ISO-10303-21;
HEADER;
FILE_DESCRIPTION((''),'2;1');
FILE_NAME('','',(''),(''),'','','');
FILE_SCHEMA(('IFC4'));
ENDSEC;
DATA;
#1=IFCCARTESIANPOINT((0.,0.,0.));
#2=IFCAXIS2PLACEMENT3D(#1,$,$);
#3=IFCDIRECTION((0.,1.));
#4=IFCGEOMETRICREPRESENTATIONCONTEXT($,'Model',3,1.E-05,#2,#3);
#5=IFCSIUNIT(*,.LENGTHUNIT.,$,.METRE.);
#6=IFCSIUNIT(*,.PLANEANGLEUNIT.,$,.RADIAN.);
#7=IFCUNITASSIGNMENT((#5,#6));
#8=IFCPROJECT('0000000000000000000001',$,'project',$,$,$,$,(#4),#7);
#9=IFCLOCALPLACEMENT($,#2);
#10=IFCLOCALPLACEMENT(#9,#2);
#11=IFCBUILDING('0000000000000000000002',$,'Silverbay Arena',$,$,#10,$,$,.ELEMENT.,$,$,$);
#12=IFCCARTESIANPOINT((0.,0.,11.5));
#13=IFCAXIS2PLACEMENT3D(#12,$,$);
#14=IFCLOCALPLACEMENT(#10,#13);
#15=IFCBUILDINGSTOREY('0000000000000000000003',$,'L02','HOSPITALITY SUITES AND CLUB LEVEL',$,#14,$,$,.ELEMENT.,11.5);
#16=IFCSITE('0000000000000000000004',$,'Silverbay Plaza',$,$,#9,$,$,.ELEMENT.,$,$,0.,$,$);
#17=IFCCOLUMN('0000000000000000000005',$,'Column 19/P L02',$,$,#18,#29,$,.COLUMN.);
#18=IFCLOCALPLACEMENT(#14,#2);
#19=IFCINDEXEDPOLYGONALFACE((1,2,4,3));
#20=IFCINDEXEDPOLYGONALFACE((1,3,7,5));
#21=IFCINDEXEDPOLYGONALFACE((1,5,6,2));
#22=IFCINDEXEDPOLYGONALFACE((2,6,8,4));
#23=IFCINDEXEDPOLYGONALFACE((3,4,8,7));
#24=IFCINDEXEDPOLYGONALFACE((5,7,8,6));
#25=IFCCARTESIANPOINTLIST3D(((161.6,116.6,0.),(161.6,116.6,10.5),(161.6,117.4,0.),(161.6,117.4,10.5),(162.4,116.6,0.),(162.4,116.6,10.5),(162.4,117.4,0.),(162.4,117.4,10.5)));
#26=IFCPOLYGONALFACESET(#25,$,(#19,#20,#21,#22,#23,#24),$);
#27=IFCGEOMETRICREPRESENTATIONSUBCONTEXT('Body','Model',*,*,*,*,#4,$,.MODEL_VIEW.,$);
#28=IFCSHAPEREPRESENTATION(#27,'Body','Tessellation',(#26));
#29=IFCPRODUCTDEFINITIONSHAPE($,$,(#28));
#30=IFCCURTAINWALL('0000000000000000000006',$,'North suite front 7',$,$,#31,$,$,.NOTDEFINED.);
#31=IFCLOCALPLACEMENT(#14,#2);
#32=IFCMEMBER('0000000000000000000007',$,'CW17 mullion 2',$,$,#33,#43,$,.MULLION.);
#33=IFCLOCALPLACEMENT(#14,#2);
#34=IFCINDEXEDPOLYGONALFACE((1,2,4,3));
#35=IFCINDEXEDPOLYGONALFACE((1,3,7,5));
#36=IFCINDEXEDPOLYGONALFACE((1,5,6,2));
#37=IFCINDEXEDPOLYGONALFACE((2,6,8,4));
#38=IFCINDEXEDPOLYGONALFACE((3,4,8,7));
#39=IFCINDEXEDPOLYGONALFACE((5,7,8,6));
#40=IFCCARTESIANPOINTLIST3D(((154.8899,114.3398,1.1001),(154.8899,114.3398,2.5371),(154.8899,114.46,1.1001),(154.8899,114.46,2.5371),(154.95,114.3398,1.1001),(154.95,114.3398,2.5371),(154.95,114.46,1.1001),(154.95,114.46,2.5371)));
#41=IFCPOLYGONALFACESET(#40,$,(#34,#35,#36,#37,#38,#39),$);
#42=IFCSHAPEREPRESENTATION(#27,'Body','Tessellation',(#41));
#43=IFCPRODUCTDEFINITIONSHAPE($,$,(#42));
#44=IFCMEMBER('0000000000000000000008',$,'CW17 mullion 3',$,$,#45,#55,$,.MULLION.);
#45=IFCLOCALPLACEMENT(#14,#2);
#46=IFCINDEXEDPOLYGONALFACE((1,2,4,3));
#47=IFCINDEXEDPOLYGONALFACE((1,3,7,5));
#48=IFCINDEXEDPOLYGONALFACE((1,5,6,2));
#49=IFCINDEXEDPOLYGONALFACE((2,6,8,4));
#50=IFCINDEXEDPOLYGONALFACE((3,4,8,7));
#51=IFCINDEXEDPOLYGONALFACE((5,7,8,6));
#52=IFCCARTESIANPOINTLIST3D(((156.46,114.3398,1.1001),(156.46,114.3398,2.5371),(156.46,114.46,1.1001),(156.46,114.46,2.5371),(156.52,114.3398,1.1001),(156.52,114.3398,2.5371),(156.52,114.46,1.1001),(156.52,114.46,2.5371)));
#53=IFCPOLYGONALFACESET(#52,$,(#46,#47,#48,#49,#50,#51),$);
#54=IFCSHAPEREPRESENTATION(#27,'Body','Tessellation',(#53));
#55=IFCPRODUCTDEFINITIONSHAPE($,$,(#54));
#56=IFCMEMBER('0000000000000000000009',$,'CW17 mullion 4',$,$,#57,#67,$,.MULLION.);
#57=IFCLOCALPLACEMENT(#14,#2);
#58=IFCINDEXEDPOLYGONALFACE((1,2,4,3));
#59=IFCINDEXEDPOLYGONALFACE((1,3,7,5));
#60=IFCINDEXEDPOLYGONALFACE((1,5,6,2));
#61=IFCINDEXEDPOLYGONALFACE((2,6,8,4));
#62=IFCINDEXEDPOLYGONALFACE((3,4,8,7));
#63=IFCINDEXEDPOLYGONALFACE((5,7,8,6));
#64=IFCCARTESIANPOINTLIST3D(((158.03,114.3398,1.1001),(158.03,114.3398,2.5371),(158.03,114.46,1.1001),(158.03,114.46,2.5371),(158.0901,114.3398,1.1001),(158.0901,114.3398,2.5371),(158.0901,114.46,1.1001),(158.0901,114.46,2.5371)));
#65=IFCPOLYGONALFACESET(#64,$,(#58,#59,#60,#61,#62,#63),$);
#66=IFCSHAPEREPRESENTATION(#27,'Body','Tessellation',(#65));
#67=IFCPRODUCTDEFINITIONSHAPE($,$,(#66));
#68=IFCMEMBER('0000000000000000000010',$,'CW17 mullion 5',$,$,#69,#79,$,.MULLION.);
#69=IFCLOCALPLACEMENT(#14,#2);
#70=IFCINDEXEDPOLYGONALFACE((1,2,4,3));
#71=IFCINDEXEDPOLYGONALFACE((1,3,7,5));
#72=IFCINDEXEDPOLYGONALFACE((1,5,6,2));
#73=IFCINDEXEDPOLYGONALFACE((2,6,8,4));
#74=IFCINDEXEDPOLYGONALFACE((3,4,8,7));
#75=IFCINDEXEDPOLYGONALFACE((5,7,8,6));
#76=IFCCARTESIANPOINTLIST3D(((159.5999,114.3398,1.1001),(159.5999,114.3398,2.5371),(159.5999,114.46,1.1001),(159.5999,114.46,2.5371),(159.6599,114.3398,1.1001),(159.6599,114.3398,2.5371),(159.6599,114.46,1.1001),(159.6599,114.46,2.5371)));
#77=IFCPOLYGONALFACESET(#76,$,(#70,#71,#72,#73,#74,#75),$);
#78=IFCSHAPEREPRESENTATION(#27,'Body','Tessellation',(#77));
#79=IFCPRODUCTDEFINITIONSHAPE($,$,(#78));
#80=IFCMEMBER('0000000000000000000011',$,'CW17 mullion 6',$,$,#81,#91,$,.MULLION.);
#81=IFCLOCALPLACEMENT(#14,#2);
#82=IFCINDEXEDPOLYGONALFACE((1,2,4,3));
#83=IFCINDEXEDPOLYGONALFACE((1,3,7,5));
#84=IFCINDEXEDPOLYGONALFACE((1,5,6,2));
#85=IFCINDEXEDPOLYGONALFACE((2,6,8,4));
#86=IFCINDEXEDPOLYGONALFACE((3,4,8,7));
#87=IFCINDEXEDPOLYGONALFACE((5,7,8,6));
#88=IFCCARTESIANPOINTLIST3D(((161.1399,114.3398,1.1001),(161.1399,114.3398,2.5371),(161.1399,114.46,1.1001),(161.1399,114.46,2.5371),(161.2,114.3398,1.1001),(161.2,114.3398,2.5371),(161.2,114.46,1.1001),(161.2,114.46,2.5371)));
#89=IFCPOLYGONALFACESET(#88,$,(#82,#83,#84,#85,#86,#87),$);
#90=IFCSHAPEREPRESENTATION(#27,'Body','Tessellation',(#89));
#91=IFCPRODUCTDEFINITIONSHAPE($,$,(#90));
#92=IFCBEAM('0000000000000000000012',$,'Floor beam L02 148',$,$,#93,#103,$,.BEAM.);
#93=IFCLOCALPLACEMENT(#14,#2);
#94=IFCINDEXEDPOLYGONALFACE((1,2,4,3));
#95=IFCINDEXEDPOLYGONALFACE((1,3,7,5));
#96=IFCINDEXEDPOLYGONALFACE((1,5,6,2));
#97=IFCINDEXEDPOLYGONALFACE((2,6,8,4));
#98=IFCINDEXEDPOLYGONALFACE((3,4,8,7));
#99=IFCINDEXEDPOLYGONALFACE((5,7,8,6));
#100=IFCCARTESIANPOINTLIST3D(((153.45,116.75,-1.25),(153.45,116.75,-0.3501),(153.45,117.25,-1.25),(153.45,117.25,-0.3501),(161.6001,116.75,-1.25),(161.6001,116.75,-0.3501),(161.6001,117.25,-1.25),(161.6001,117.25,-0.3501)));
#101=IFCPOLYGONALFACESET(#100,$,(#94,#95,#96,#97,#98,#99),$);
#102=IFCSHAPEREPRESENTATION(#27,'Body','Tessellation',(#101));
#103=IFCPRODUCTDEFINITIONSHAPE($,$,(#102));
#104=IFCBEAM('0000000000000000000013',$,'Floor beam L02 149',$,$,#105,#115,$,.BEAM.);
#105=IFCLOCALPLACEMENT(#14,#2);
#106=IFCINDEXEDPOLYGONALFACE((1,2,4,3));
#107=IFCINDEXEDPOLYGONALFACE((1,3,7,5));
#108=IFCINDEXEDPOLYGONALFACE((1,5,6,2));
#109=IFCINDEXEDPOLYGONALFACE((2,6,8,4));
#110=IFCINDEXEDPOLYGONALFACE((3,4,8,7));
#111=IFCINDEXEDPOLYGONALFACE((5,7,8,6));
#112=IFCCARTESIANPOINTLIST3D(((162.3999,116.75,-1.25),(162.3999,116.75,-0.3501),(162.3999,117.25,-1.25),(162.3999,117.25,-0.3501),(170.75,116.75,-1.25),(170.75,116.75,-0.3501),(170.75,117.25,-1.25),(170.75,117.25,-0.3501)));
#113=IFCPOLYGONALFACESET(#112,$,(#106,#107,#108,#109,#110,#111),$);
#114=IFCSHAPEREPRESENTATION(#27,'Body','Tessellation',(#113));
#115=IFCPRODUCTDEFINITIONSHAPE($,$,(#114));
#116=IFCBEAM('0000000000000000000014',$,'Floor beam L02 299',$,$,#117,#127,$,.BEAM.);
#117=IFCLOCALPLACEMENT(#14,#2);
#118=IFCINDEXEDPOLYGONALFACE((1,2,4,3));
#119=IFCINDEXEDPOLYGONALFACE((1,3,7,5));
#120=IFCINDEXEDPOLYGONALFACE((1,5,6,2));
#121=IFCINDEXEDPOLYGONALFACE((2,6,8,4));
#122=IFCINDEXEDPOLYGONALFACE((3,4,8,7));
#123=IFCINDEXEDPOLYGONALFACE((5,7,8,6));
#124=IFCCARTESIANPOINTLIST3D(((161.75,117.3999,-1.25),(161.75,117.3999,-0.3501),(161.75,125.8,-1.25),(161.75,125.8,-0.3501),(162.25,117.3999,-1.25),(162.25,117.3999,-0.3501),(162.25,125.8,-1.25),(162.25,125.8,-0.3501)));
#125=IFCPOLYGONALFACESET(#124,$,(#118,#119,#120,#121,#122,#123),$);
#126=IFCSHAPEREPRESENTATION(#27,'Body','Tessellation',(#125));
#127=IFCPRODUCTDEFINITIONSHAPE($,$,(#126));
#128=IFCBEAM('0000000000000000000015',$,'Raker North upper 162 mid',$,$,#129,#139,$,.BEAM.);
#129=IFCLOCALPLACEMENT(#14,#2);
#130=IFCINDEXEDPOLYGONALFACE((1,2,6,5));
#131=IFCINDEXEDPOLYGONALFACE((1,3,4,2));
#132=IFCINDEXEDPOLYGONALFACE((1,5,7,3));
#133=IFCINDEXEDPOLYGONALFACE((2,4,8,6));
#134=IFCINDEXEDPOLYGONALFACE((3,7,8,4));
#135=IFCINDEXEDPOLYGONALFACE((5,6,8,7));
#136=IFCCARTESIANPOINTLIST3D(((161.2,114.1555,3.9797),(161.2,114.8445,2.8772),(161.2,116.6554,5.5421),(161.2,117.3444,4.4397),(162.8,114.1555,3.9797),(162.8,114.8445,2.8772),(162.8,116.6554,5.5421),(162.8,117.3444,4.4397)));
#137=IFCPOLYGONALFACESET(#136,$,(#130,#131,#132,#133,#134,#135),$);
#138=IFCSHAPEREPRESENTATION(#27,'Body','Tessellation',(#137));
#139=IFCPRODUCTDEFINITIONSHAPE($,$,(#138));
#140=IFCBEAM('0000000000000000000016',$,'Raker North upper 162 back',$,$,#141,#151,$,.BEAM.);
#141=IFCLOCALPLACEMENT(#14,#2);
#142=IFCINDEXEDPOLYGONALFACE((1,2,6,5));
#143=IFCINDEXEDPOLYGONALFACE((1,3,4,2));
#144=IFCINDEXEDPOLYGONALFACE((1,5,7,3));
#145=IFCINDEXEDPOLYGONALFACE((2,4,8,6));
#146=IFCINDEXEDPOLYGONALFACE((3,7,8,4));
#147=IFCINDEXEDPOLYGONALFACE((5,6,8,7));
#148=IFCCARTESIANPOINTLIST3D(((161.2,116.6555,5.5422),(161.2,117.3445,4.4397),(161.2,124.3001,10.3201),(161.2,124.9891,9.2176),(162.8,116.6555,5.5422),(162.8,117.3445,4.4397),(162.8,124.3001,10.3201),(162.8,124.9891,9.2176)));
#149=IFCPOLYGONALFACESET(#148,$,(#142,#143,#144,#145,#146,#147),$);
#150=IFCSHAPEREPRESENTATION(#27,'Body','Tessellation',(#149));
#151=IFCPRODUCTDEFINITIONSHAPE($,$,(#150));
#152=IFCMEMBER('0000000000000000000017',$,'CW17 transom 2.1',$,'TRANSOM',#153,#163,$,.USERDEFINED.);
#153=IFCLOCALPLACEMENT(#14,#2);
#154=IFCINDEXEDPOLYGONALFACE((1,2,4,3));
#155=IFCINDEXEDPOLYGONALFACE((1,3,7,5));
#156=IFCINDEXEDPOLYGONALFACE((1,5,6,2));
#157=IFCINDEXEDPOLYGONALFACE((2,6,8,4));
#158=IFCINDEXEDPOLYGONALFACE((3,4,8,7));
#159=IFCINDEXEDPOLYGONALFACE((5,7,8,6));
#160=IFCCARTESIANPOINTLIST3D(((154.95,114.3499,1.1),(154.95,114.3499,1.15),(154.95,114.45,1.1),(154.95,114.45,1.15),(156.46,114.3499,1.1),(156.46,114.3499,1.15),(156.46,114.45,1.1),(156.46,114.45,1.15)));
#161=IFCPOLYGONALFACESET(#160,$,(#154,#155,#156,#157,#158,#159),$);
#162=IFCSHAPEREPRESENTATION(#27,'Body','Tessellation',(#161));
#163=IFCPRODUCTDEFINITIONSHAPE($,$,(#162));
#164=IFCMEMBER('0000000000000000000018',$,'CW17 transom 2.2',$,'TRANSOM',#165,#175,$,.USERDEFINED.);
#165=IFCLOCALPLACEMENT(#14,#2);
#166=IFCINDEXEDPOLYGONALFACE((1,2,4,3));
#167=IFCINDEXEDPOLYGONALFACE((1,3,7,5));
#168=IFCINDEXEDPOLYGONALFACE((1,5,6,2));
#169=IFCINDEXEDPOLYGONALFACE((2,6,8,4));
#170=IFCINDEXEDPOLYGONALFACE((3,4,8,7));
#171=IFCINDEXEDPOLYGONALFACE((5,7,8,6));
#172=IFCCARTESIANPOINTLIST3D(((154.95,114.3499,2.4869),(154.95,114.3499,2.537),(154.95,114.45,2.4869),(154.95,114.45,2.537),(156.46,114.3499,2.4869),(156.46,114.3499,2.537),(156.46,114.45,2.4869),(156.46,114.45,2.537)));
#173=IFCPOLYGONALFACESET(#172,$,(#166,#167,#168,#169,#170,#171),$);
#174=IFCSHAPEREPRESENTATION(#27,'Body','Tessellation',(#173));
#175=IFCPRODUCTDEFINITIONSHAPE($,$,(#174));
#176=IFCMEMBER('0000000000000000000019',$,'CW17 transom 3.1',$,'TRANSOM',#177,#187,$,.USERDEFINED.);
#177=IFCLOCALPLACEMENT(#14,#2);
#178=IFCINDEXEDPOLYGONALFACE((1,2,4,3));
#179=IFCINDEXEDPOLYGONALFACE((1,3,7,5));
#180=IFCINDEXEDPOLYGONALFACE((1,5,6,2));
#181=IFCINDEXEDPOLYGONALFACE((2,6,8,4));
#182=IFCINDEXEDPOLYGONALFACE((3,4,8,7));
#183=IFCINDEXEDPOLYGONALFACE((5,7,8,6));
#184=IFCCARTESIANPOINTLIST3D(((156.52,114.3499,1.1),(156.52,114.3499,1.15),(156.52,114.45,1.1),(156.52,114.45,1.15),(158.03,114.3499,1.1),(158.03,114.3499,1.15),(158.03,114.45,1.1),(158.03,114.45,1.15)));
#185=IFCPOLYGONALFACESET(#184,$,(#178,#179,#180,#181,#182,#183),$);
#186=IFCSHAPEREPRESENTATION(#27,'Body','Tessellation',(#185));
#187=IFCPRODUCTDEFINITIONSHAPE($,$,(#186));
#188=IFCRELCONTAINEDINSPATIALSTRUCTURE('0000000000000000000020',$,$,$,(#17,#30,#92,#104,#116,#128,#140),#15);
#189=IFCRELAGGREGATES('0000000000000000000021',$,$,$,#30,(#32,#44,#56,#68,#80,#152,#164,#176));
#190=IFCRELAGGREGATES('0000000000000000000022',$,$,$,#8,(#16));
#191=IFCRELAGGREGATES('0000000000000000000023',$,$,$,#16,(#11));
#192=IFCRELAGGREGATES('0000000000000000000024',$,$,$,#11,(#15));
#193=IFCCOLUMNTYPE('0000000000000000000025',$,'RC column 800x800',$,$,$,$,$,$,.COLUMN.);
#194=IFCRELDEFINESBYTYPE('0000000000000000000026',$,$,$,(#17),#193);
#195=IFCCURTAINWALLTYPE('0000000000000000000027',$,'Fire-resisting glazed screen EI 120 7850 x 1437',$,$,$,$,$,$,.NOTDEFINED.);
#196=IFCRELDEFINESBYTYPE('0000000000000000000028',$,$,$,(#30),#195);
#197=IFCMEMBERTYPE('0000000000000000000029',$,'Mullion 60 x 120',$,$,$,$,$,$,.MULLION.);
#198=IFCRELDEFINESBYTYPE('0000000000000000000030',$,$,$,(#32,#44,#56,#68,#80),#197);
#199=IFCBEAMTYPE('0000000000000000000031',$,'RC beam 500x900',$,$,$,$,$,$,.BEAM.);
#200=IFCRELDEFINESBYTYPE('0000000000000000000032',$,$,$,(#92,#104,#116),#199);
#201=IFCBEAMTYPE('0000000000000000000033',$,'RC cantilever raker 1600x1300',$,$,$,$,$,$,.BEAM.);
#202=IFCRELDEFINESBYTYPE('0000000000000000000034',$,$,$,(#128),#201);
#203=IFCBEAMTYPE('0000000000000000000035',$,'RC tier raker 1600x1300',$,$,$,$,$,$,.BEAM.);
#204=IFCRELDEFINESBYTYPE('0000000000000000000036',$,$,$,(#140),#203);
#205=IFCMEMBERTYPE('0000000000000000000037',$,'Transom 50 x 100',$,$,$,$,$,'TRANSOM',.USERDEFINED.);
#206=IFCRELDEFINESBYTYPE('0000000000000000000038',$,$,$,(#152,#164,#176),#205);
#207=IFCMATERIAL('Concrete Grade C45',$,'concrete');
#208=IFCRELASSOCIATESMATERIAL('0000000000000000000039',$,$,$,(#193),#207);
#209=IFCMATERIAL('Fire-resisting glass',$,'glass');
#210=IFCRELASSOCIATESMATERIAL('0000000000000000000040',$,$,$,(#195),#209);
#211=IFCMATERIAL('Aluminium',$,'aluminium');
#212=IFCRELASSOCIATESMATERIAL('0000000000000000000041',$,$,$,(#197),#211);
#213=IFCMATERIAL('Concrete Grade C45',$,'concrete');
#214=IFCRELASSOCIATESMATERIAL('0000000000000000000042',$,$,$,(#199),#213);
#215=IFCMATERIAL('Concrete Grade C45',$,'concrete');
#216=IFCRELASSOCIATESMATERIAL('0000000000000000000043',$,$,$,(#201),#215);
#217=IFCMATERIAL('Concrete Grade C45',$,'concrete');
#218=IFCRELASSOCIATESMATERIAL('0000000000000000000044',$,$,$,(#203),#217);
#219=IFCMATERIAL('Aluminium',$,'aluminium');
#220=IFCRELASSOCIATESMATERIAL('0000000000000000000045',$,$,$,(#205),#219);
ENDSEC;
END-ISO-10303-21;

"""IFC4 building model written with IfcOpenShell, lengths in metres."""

from ifc_helpers import new_model, si_unit, direction, frame, origin, origin_2d, place, context, subcontext, project, spatial, rectangle, extrude, material, material_profile, profile_set, type_object, element, aggregate, save


model = new_model("IFC4")

# Units and contexts
model_context = context("Model", 3, precision=1e-05, world=origin(), true_north=direction((0.0, 1.0)))
body_context = subcontext(model_context, "Body", "Model", "MODEL_VIEW")
ifc_project = project(units=[si_unit("LENGTHUNIT", "METRE"), si_unit("PLANEANGLEUNIT", "RADIAN")], contexts=[model_context])

# Site, building, storey
site_placement = place(None, origin())
site = spatial("IfcSite", under=ifc_project, at=site_placement, Name="Silverbay Plaza", CompositionType="ELEMENT", RefElevation=0.0)
building_placement = place(site_placement, origin())
building = spatial("IfcBuilding", under=site, at=building_placement, Name="Silverbay Arena", CompositionType="ELEMENT")
storey_placement = place(building_placement, frame((0.0, 0.0, 11.5)))
storey = spatial("IfcBuildingStorey", under=building, at=storey_placement, Name="L02", Description="HOSPITALITY SUITES AND CLUB LEVEL", CompositionType="ELEMENT", Elevation=11.5)

# Column
ifc_material_1 = material(Name="Concrete Grade C45", Category="concrete")
ifc_material_profile_1 = material_profile(ifc_material_1, rectangle(XDim=0.8, YDim=0.8, at=origin_2d()), Name="RC 800x800")
ifc_profile_set_1 = profile_set([ifc_material_profile_1], Name="Concrete Grade C45")
column_type = type_object("IfcColumnType", Name="RC column 800x800", PredefinedType="COLUMN", material=ifc_profile_set_1)
column_placement = place(storey_placement, frame((162.0, 117.0, 0.0), z_axis=(0.0, 0.0, 1.0), x_axis=(1.0, 0.0, 0.0)))
element("IfcColumn", 1, at=column_placement, inside=storey, type_object=column_type, Name="Column 19/P L02", PredefinedType="COLUMN", context=body_context, shape_type="SweptSolid", body=[
    extrude(rectangle(XDim=0.8, YDim=0.8, at=origin_2d()), origin(), (0.0, 0.0, 1.0), 10.5),
])

# Curtain wall, members
ifc_material_2 = material(Name="Fire-resisting glass", Category="glass")
curtain_wall_type = type_object("IfcCurtainWallType", Name="Fire-resisting glazed screen EI 120 7850 x 1437", PredefinedType="NOTDEFINED", material=ifc_material_2)
curtain_wall_placement = place(storey_placement, origin())
curtain_wall = element("IfcCurtainWall", 2, at=curtain_wall_placement, inside=storey, type_object=curtain_wall_type, Name="North suite front 7", PredefinedType="NOTDEFINED")
ifc_material_3 = material(Name="Aluminium", Category="aluminium")
ifc_material_profile_2 = material_profile(ifc_material_3, rectangle(XDim=0.1201, YDim=0.0601, at=origin_2d()), Name="Mullion 60 x 120")
ifc_profile_set_2 = profile_set([ifc_material_profile_2], Name="Aluminium")
member_type_1 = type_object("IfcMemberType", Name="Mullion 60 x 120", PredefinedType="MULLION", material=ifc_profile_set_2)
member_1_placement = place(storey_placement, frame((154.9199, 114.3999, 1.1001), z_axis=(0.0, 0.0, 1.0), x_axis=(0.0, 1.0, 0.0)))
member_1 = element("IfcMember", 3, at=member_1_placement, type_object=member_type_1, Name="CW17 mullion 2", PredefinedType="MULLION", context=body_context, shape_type="SweptSolid", body=[
    extrude(rectangle(XDim=0.1201, YDim=0.0601, at=origin_2d()), origin(), (0.0, 0.0, 1.0), 1.437),
])
member_2_placement = place(storey_placement, frame((156.49, 114.3999, 1.1001), z_axis=(0.0, 0.0, 1.0), x_axis=(0.0, 1.0, 0.0)))
member_2 = element("IfcMember", 4, at=member_2_placement, type_object=member_type_1, Name="CW17 mullion 3", PredefinedType="MULLION", context=body_context, shape_type="SweptSolid", body=[
    extrude(rectangle(XDim=0.1201, YDim=0.0601, at=origin_2d()), origin(), (0.0, 0.0, 1.0), 1.437),
])
member_3_placement = place(storey_placement, frame((158.0601, 114.3999, 1.1001), z_axis=(0.0, 0.0, 1.0), x_axis=(0.0, 1.0, 0.0)))
member_3 = element("IfcMember", 5, at=member_3_placement, type_object=member_type_1, Name="CW17 mullion 4", PredefinedType="MULLION", context=body_context, shape_type="SweptSolid", body=[
    extrude(rectangle(XDim=0.1201, YDim=0.0601, at=origin_2d()), origin(), (0.0, 0.0, 1.0), 1.437),
])
member_4_placement = place(storey_placement, frame((159.6299, 114.3999, 1.1001), z_axis=(0.0, 0.0, 1.0), x_axis=(0.0, 1.0, 0.0)))
member_4 = element("IfcMember", 6, at=member_4_placement, type_object=member_type_1, Name="CW17 mullion 5", PredefinedType="MULLION", context=body_context, shape_type="SweptSolid", body=[
    extrude(rectangle(XDim=0.1201, YDim=0.0601, at=origin_2d()), origin(), (0.0, 0.0, 1.0), 1.437),
])
member_5_placement = place(storey_placement, frame((161.1699, 114.3999, 1.1001), z_axis=(0.0, 0.0, 1.0), x_axis=(0.0, 1.0, 0.0)))
member_5 = element("IfcMember", 7, at=member_5_placement, type_object=member_type_1, Name="CW17 mullion 6", PredefinedType="MULLION", context=body_context, shape_type="SweptSolid", body=[
    extrude(rectangle(XDim=0.1201, YDim=0.0601, at=origin_2d()), origin(), (0.0, 0.0, 1.0), 1.437),
])

# Beams
ifc_material_4 = material(Name="Concrete Grade C45", Category="concrete")
ifc_material_profile_3 = material_profile(ifc_material_4, rectangle(XDim=0.5, YDim=0.8999, at=origin_2d()), Name="RC 500x900")
ifc_profile_set_3 = profile_set([ifc_material_profile_3], Name="Concrete Grade C45")
beam_type_1 = type_object("IfcBeamType", Name="RC beam 500x900", PredefinedType="BEAM", material=ifc_profile_set_3)
beam_1_placement = place(storey_placement, frame((153.45, 117.0, -0.8), z_axis=(1.0, 0.0, 0.0), x_axis=(0.0, 1.0, 0.0)))
element("IfcBeam", 8, at=beam_1_placement, inside=storey, type_object=beam_type_1, Name="Floor beam L02 148", PredefinedType="BEAM", context=body_context, shape_type="SweptSolid", body=[
    extrude(rectangle(XDim=0.5, YDim=0.8999, at=origin_2d()), origin(), (0.0, 0.0, 1.0), 8.1501),
])
beam_2_placement = place(storey_placement, frame((162.3999, 117.0, -0.8), z_axis=(1.0, 0.0, 0.0), x_axis=(0.0, 1.0, 0.0)))
element("IfcBeam", 9, at=beam_2_placement, inside=storey, type_object=beam_type_1, Name="Floor beam L02 149", PredefinedType="BEAM", context=body_context, shape_type="SweptSolid", body=[
    extrude(rectangle(XDim=0.5, YDim=0.8999, at=origin_2d()), origin(), (0.0, 0.0, 1.0), 8.3501),
])
beam_3_placement = place(storey_placement, frame((162.0, 117.3999, -0.8), z_axis=(0.0, 1.0, 0.0), x_axis=(-1.0, 0.0, 0.0)))
element("IfcBeam", 10, at=beam_3_placement, inside=storey, type_object=beam_type_1, Name="Floor beam L02 299", PredefinedType="BEAM", context=body_context, shape_type="SweptSolid", body=[
    extrude(rectangle(XDim=0.5, YDim=0.8999, at=origin_2d()), origin(), (0.0, 0.0, 1.0), 8.4001),
])
ifc_material_5 = material(Name="Concrete Grade C45", Category="concrete")
ifc_material_profile_4 = material_profile(ifc_material_5, rectangle(XDim=1.6001, YDim=1.3, at=origin_2d()), Name="RC 1600x1300")
ifc_profile_set_4 = profile_set([ifc_material_profile_4], Name="Concrete Grade C45")
beam_type_2 = type_object("IfcBeamType", Name="RC cantilever raker 1600x1300", PredefinedType="BEAM", material=ifc_profile_set_4)
beam_4_placement = place(storey_placement, frame((162.0, 114.5, 3.4285), z_axis=(0.0, 0.847998, 0.529999), x_axis=(-1.0, 0.0, 0.0)))
element("IfcBeam", 11, at=beam_4_placement, inside=storey, type_object=beam_type_2, Name="Raker North upper 162 mid", PredefinedType="BEAM", context=body_context, shape_type="SweptSolid", body=[
    extrude(rectangle(XDim=1.6001, YDim=1.3, at=origin_2d()), origin(), (0.0, 0.0, 1.0), 2.948),
])
ifc_material_6 = material(Name="Concrete Grade C45", Category="concrete")
ifc_material_profile_5 = material_profile(ifc_material_6, rectangle(XDim=1.6001, YDim=1.3, at=origin_2d()), Name="RC 1600x1300")
ifc_profile_set_5 = profile_set([ifc_material_profile_5], Name="Concrete Grade C45")
beam_type_3 = type_object("IfcBeamType", Name="RC tier raker 1600x1300", PredefinedType="BEAM", material=ifc_profile_set_5)
beam_5_placement = place(storey_placement, frame((162.0, 117.0, 4.991), z_axis=(0.0, 0.847998, 0.529999), x_axis=(-1.0, 0.0, 0.0)))
element("IfcBeam", 12, at=beam_5_placement, inside=storey, type_object=beam_type_3, Name="Raker North upper 162 back", PredefinedType="BEAM", context=body_context, shape_type="SweptSolid", body=[
    extrude(rectangle(XDim=1.6001, YDim=1.3, at=origin_2d()), origin(), (0.0, 0.0, 1.0), 9.0149),
])

# Members
ifc_material_7 = material(Name="Aluminium", Category="aluminium")
ifc_material_profile_6 = material_profile(ifc_material_7, rectangle(XDim=0.1001, YDim=0.05, at=origin_2d()), Name="Transom 50 x 100")
ifc_profile_set_6 = profile_set([ifc_material_profile_6], Name="Aluminium")
member_type_2 = type_object("IfcMemberType", Name="Transom 50 x 100", ElementType="TRANSOM", PredefinedType="USERDEFINED", material=ifc_profile_set_6)
member_6_placement = place(storey_placement, frame((154.95, 114.3999, 1.125), z_axis=(1.0, 0.0, 0.0), x_axis=(0.0, 1.0, 0.0)))
member_6 = element("IfcMember", 13, at=member_6_placement, type_object=member_type_2, Name="CW17 transom 2.1", ObjectType="TRANSOM", PredefinedType="USERDEFINED", context=body_context, shape_type="SweptSolid", body=[
    extrude(rectangle(XDim=0.1001, YDim=0.05, at=origin_2d()), origin(), (0.0, 0.0, 1.0), 1.51),
])
member_7_placement = place(storey_placement, frame((154.95, 114.3999, 2.512), z_axis=(1.0, 0.0, 0.0), x_axis=(0.0, 1.0, 0.0)))
member_7 = element("IfcMember", 14, at=member_7_placement, type_object=member_type_2, Name="CW17 transom 2.2", ObjectType="TRANSOM", PredefinedType="USERDEFINED", context=body_context, shape_type="SweptSolid", body=[
    extrude(rectangle(XDim=0.1001, YDim=0.05, at=origin_2d()), origin(), (0.0, 0.0, 1.0), 1.51),
])
member_8_placement = place(storey_placement, frame((156.52, 114.3999, 1.125), z_axis=(1.0, 0.0, 0.0), x_axis=(0.0, 1.0, 0.0)))
member_8 = element("IfcMember", 15, at=member_8_placement, type_object=member_type_2, Name="CW17 transom 3.1", ObjectType="TRANSOM", PredefinedType="USERDEFINED", context=body_context, shape_type="SweptSolid", body=[
    extrude(rectangle(XDim=0.1001, YDim=0.05, at=origin_2d()), origin(), (0.0, 0.0, 1.0), 1.51),
])

aggregate(curtain_wall, [member_1, member_2, member_3, member_4, member_5, member_6, member_7, member_8])

save(model, "model.ifc")
